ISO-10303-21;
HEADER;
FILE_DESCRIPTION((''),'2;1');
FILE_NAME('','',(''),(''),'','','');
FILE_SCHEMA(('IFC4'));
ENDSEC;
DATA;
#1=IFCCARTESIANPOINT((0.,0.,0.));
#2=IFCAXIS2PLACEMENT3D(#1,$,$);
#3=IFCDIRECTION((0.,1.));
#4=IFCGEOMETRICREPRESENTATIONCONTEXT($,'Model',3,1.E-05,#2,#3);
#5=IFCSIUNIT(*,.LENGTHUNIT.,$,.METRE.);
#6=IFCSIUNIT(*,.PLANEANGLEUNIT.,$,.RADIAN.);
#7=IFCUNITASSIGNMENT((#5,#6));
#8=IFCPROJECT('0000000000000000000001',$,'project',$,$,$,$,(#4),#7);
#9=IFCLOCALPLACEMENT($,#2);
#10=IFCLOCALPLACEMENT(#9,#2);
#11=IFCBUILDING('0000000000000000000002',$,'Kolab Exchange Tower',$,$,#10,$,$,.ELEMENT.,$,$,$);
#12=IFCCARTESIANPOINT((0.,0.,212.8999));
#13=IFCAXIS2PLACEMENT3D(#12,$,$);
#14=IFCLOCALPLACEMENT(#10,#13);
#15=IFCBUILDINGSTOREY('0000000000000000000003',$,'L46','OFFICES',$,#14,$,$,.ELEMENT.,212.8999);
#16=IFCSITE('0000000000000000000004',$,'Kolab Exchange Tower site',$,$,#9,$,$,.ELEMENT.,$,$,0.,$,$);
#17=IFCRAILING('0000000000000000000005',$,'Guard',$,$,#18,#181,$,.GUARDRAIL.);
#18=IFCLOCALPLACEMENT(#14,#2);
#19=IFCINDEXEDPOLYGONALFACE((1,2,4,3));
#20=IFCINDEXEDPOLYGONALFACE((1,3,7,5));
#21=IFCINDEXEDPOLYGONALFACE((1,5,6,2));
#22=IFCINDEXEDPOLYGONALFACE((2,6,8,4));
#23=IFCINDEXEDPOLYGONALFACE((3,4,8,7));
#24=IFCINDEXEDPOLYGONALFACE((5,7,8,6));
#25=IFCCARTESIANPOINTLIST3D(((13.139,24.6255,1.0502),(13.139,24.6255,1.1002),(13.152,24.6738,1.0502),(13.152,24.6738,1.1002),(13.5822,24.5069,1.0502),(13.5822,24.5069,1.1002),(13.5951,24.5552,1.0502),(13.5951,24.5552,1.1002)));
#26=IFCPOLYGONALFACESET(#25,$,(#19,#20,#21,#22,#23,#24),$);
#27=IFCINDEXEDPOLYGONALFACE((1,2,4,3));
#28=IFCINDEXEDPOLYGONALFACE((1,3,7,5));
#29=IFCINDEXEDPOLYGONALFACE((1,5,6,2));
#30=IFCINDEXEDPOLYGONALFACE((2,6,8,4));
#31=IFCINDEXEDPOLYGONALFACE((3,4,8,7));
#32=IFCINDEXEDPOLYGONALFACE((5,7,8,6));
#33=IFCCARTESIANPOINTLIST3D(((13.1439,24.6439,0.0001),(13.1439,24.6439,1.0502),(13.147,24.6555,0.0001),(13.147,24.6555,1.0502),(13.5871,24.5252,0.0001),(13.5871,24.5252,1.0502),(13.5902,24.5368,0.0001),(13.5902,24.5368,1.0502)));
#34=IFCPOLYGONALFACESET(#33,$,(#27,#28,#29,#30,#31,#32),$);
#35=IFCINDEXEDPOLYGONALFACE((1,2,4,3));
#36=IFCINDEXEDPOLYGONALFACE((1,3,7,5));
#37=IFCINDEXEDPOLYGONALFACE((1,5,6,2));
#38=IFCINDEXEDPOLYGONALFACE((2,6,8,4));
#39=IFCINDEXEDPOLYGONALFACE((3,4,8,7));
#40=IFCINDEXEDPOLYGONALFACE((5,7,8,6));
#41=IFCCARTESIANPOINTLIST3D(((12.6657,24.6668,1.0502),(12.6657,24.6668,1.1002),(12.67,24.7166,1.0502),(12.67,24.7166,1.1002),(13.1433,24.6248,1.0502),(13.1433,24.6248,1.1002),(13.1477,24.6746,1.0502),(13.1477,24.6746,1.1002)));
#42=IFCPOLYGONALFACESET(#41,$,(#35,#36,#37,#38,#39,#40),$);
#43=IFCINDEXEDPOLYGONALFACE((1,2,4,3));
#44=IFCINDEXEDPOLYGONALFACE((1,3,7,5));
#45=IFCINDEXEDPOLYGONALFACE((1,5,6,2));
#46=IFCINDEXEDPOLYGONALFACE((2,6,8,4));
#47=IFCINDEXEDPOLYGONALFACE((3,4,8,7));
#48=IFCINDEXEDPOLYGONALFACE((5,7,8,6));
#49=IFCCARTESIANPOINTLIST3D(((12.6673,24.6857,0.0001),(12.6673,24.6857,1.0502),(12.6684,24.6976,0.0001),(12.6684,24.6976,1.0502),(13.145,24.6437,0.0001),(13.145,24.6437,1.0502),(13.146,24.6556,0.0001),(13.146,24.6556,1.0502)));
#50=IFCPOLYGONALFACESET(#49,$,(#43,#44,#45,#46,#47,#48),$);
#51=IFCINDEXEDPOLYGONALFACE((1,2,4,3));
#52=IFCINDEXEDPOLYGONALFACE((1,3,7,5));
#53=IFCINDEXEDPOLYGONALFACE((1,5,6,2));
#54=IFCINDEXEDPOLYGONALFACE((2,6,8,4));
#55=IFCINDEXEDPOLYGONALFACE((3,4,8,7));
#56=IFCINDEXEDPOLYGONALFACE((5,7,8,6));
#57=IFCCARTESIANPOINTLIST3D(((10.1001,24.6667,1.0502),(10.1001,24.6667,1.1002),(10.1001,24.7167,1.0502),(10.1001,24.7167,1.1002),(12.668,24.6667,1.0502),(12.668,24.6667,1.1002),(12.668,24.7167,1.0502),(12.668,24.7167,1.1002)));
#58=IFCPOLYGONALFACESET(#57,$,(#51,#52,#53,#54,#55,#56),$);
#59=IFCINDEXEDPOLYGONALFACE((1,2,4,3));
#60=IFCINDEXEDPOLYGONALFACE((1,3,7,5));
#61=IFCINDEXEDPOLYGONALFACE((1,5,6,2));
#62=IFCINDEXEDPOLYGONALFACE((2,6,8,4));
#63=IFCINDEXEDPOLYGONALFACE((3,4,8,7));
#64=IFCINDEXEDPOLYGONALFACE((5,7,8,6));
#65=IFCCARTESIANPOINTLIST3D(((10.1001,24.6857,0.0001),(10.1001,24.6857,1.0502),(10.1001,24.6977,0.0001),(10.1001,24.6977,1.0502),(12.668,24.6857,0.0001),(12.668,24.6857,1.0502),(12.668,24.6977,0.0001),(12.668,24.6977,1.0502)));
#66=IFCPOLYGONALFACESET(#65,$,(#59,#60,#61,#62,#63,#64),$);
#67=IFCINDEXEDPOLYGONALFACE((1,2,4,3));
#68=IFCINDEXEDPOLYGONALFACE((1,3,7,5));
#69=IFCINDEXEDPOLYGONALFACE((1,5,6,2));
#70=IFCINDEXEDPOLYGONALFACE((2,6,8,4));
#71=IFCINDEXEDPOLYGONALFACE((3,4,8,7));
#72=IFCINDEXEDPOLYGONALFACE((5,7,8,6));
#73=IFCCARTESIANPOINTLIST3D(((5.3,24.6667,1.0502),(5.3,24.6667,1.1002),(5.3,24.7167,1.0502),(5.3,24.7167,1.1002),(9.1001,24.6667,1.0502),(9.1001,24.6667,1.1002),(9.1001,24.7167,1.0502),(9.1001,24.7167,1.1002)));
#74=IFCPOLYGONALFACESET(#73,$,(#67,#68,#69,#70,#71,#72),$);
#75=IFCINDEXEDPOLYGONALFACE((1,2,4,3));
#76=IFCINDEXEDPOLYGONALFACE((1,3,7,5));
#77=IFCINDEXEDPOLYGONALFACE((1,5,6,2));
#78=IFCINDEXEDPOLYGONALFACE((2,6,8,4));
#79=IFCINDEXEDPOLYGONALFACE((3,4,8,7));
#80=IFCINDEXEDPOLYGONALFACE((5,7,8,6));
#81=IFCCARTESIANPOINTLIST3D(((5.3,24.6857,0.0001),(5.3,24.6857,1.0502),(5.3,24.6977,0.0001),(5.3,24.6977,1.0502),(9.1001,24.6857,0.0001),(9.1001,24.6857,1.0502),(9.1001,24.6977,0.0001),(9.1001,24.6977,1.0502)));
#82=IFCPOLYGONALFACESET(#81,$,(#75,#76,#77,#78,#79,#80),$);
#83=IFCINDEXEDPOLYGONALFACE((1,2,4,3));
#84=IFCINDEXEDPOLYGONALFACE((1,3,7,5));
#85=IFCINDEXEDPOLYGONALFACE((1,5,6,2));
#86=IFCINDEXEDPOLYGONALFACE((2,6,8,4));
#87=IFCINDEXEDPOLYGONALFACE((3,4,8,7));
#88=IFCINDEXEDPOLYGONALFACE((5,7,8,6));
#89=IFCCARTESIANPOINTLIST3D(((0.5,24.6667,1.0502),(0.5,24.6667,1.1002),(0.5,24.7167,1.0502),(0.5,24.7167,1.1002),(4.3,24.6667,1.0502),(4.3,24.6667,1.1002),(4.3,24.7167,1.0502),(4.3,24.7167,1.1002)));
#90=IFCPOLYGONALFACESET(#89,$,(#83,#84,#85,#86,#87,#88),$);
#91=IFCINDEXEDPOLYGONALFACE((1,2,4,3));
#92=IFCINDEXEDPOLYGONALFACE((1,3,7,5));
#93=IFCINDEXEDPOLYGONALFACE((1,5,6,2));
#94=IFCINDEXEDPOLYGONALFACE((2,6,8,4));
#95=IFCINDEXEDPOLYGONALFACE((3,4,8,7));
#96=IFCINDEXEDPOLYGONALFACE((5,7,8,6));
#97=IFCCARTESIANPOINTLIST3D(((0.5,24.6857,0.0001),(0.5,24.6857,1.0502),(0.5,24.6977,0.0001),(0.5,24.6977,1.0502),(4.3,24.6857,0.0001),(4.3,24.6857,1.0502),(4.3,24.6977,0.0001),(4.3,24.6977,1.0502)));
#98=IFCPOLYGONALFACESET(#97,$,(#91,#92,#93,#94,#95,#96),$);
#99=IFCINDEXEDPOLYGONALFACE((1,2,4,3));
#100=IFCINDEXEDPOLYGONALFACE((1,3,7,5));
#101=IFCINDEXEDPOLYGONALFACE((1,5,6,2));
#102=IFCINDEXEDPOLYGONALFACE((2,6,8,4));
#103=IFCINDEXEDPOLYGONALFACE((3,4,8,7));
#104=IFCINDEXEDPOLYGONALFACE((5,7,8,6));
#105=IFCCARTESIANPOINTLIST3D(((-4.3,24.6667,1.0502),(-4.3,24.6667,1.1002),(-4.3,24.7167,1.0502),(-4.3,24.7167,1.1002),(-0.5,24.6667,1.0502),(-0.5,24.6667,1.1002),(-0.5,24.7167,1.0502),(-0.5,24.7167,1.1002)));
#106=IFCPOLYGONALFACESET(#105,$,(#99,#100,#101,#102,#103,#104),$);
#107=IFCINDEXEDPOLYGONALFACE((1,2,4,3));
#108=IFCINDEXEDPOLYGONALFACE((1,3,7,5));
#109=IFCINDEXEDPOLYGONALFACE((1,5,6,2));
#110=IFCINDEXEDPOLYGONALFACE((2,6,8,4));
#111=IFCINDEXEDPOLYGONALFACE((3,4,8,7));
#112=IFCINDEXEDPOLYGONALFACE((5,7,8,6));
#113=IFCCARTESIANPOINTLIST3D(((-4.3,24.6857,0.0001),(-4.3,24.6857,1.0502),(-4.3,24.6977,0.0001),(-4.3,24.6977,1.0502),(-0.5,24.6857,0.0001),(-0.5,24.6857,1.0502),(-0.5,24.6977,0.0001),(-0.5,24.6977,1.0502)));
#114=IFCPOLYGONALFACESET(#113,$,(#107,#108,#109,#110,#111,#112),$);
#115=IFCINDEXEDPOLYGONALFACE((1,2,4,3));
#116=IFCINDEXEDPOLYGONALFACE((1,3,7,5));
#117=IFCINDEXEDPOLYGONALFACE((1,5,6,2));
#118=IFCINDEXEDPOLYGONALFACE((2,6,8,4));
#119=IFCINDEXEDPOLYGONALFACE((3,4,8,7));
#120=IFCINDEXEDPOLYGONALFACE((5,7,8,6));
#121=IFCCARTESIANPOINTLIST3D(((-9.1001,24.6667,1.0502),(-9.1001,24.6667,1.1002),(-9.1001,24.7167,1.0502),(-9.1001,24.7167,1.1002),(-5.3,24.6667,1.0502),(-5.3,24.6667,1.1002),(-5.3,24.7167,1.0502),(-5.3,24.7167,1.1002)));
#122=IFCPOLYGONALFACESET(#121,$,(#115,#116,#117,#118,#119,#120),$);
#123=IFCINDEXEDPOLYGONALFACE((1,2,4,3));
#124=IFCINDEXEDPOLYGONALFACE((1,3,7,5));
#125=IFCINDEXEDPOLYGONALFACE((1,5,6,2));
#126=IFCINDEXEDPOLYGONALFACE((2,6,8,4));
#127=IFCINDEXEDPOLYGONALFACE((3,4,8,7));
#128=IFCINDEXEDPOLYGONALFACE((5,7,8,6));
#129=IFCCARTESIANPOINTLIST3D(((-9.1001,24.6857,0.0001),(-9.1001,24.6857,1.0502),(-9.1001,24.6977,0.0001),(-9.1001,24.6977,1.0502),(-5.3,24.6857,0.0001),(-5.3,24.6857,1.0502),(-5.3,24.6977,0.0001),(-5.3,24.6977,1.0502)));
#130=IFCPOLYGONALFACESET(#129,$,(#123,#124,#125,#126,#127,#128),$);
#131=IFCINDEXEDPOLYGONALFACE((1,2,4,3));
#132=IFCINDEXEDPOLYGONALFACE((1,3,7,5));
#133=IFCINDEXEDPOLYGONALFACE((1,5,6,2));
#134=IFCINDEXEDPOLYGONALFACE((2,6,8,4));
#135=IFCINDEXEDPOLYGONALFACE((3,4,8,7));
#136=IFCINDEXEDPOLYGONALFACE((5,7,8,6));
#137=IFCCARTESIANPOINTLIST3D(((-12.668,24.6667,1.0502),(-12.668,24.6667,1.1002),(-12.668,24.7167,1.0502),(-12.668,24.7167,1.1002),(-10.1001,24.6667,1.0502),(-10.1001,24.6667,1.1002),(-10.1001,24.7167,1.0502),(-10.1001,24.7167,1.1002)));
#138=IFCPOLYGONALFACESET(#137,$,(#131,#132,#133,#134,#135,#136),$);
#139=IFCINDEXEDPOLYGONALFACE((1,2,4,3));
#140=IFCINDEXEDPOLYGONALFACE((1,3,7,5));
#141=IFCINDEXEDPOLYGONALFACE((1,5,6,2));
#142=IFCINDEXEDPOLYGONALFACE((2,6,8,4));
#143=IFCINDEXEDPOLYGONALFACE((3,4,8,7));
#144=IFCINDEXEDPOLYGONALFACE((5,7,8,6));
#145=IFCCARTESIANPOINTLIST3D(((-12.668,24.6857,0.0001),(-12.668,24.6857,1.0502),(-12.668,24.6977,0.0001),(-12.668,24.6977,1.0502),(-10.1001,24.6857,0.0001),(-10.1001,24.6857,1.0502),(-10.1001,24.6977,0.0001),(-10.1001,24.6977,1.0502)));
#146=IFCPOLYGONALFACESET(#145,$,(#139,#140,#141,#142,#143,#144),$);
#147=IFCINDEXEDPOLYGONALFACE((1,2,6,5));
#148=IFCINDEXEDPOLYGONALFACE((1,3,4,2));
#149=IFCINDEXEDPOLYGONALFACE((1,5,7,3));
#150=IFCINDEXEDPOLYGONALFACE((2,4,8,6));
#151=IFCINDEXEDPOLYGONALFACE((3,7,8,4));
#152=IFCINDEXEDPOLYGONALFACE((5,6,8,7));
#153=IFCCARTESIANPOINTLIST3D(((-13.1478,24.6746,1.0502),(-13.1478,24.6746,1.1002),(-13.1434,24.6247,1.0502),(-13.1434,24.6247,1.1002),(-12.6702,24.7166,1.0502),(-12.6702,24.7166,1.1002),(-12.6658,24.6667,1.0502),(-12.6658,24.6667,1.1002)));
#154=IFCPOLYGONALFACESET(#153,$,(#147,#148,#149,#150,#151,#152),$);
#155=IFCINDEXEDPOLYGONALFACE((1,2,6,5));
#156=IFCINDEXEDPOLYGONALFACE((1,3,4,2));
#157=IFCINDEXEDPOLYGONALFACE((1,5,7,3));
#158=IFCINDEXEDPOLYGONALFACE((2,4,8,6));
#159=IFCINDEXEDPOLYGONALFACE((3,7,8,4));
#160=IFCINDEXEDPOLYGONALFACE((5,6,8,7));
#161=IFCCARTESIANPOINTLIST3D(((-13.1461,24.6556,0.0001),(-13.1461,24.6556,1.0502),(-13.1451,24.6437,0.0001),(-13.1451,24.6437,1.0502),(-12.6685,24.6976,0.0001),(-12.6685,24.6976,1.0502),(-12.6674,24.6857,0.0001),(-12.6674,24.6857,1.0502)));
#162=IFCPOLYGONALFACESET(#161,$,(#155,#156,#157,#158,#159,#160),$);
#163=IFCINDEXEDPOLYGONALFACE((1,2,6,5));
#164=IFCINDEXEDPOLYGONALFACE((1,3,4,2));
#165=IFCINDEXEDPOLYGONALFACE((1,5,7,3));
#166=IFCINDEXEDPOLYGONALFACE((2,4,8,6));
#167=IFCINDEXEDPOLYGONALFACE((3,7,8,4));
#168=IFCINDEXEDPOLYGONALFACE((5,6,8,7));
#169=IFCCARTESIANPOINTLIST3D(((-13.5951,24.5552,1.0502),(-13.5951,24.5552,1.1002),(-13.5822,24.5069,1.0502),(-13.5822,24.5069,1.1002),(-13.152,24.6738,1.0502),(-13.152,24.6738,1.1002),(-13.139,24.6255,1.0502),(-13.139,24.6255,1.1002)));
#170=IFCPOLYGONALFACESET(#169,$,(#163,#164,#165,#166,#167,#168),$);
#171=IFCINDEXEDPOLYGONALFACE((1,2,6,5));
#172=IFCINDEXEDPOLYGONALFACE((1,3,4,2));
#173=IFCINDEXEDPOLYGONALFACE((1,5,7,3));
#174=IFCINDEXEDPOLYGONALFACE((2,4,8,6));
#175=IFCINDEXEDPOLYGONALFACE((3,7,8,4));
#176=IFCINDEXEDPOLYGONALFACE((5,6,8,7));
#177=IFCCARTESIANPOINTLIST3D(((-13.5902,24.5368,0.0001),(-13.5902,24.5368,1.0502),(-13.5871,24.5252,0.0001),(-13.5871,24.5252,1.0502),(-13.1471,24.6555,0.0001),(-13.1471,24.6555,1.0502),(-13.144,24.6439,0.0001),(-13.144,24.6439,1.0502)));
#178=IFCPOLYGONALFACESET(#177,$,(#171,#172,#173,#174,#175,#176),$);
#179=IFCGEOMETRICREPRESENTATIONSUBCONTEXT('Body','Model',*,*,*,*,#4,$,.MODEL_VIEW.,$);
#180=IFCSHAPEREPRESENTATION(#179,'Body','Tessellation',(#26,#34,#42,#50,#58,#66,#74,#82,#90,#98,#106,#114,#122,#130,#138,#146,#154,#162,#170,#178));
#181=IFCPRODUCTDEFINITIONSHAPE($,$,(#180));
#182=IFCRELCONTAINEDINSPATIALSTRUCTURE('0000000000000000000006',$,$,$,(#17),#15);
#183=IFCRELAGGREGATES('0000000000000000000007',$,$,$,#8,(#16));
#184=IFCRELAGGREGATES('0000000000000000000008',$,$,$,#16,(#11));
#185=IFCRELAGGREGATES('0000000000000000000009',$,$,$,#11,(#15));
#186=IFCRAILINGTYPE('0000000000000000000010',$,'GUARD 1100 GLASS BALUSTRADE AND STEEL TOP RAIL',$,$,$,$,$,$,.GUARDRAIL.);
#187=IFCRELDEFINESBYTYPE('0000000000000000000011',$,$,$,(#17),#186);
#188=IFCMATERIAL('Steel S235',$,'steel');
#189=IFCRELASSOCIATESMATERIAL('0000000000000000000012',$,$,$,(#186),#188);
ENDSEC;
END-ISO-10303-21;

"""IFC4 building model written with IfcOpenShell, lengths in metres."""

from ifc_helpers import new_model, si_unit, direction, frame, frame_2d, origin, origin_2d, place, context, subcontext, project, spatial, rectangle, extrude, material, type_object, element, save


model = new_model("IFC4")

# Units and contexts
model_context = context("Model", 3, precision=1e-05, world=origin(), true_north=direction((0.0, 1.0)))
body_context = subcontext(model_context, "Body", "Model", "MODEL_VIEW")
ifc_project = project(units=[si_unit("LENGTHUNIT", "METRE"), si_unit("PLANEANGLEUNIT", "RADIAN")], contexts=[model_context])

# Site, building, storey
site_placement = place(None, origin())
site = spatial("IfcSite", under=ifc_project, at=site_placement, Name="Kolab Exchange Tower site", CompositionType="ELEMENT", RefElevation=0.0)
building_placement = place(site_placement, origin())
building = spatial("IfcBuilding", under=site, at=building_placement, Name="Kolab Exchange Tower", CompositionType="ELEMENT")
storey_placement = place(building_placement, frame((0.0, 0.0, 212.8999)))
storey = spatial("IfcBuildingStorey", under=building, at=storey_placement, Name="L46", Description="OFFICES", CompositionType="ELEMENT", Elevation=212.8999)

# Railing
ifc_material_1 = material(Name="Steel S235", Category="steel")
railing_type = type_object("IfcRailingType", Name="GUARD 1100 GLASS BALUSTRADE AND STEEL TOP RAIL", PredefinedType="GUARDRAIL", material=ifc_material_1)
railing_placement = place(storey_placement, frame((13.5886, 24.531, 0.0)))
element("IfcRailing", 1, at=railing_placement, inside=storey, type_object=railing_type, Name="Guard", PredefinedType="GUARDRAIL", context=body_context, shape_type="SweptSolid", body=[
    extrude(rectangle(XDim=0.05, YDim=0.05, at=origin_2d()), frame((0.0, 0.0, 1.0752), z_axis=(-0.965969, 0.258656, 0.0), x_axis=(-0.258656, -0.965969, 0.0)), (0.0, 0.0, 1.0), 0.4587),
    extrude(rectangle(XDim=0.012, YDim=1.0501, at=frame_2d((0.0, 0.5251))), frame((0.0, 0.0, 0.0), z_axis=(-0.965969, 0.258656, 0.0), x_axis=(-0.258656, -0.965969, 0.0)), (0.0, 0.0, 1.0), 0.4587),
    extrude(rectangle(XDim=0.05, YDim=0.05, at=origin_2d()), frame((-0.4431, 0.1187, 1.0752), z_axis=(-0.996156, 0.087597, 0.0), x_axis=(-0.087597, -0.996156, 0.0)), (0.0, 0.0, 1.0), 0.4795),
    extrude(rectangle(XDim=0.012, YDim=1.0501, at=frame_2d((0.0, 0.5251))), frame((-0.4431, 0.1187, 0.0), z_axis=(-0.996156, 0.087597, 0.0), x_axis=(-0.087597, -0.996156, 0.0)), (0.0, 0.0, 1.0), 0.4795),
    extrude(rectangle(XDim=0.05, YDim=0.05, at=origin_2d()), frame((-0.9207, 0.1606, 1.0752), z_axis=(-1.0, 0.0, 0.0), x_axis=(0.0, -1.0, 0.0)), (0.0, 0.0, 1.0), 2.5679),
    extrude(rectangle(XDim=0.012, YDim=1.0501, at=frame_2d((0.0, 0.5251))), frame((-0.9207, 0.1606, 0.0), z_axis=(-1.0, 0.0, 0.0), x_axis=(0.0, -1.0, 0.0)), (0.0, 0.0, 1.0), 2.5679),
    extrude(rectangle(XDim=0.05, YDim=0.05, at=origin_2d()), frame((-4.4885, 0.1606, 1.0752), z_axis=(-1.0, 0.0, 0.0), x_axis=(0.0, -1.0, 0.0)), (0.0, 0.0, 1.0), 3.8),
    extrude(rectangle(XDim=0.012, YDim=1.0501, at=frame_2d((0.0, 0.5251))), frame((-4.4885, 0.1606, 0.0), z_axis=(-1.0, 0.0, 0.0), x_axis=(0.0, -1.0, 0.0)), (0.0, 0.0, 1.0), 3.8),
    extrude(rectangle(XDim=0.05, YDim=0.05, at=origin_2d()), frame((-9.2886, 0.1606, 1.0752), z_axis=(-1.0, 0.0, 0.0), x_axis=(0.0, -1.0, 0.0)), (0.0, 0.0, 1.0), 3.8),
    extrude(rectangle(XDim=0.012, YDim=1.0501, at=frame_2d((0.0, 0.5251))), frame((-9.2886, 0.1606, 0.0), z_axis=(-1.0, 0.0, 0.0), x_axis=(0.0, -1.0, 0.0)), (0.0, 0.0, 1.0), 3.8),
    extrude(rectangle(XDim=0.05, YDim=0.05, at=origin_2d()), frame((-14.0886, 0.1606, 1.0752), z_axis=(-1.0, 0.0, 0.0), x_axis=(0.0, -1.0, 0.0)), (0.0, 0.0, 1.0), 3.8),
    extrude(rectangle(XDim=0.012, YDim=1.0501, at=frame_2d((0.0, 0.5251))), frame((-14.0886, 0.1606, 0.0), z_axis=(-1.0, 0.0, 0.0), x_axis=(0.0, -1.0, 0.0)), (0.0, 0.0, 1.0), 3.8),
    extrude(rectangle(XDim=0.05, YDim=0.05, at=origin_2d()), frame((-18.8887, 0.1606, 1.0752), z_axis=(-1.0, 0.0, 0.0), x_axis=(0.0, -1.0, 0.0)), (0.0, 0.0, 1.0), 3.8),
    extrude(rectangle(XDim=0.012, YDim=1.0501, at=frame_2d((0.0, 0.5251))), frame((-18.8887, 0.1606, 0.0), z_axis=(-1.0, 0.0, 0.0), x_axis=(0.0, -1.0, 0.0)), (0.0, 0.0, 1.0), 3.8),
    extrude(rectangle(XDim=0.05, YDim=0.05, at=origin_2d()), frame((-23.6887, 0.1606, 1.0752), z_axis=(-1.0, 0.0, 0.0), x_axis=(0.0, -1.0, 0.0)), (0.0, 0.0, 1.0), 2.5679),
    extrude(rectangle(XDim=0.012, YDim=1.0501, at=frame_2d((0.0, 0.5251))), frame((-23.6887, 0.1606, 0.0), z_axis=(-1.0, 0.0, 0.0), x_axis=(0.0, -1.0, 0.0)), (0.0, 0.0, 1.0), 2.5679),
    extrude(rectangle(XDim=0.05, YDim=0.05, at=origin_2d()), frame((-26.2566, 0.1606, 1.0752), z_axis=(-0.996156, -0.087597, 0.0), x_axis=(0.087597, -0.996156, 0.0)), (0.0, 0.0, 1.0), 0.4795),
    extrude(rectangle(XDim=0.012, YDim=1.0501, at=frame_2d((0.0, 0.5251))), frame((-26.2566, 0.1606, 0.0), z_axis=(-0.996156, -0.087597, 0.0), x_axis=(0.087597, -0.996156, 0.0)), (0.0, 0.0, 1.0), 0.4795),
    extrude(rectangle(XDim=0.05, YDim=0.05, at=origin_2d()), frame((-26.7341, 0.1187, 1.0752), z_axis=(-0.965969, -0.258656, 0.0), x_axis=(0.258656, -0.965969, 0.0)), (0.0, 0.0, 1.0), 0.4587),
    extrude(rectangle(XDim=0.012, YDim=1.0501, at=frame_2d((0.0, 0.5251))), frame((-26.7341, 0.1187, 0.0), z_axis=(-0.965969, -0.258656, 0.0), x_axis=(0.258656, -0.965969, 0.0)), (0.0, 0.0, 1.0), 0.4587),
])

save(model, "model.ifc")
